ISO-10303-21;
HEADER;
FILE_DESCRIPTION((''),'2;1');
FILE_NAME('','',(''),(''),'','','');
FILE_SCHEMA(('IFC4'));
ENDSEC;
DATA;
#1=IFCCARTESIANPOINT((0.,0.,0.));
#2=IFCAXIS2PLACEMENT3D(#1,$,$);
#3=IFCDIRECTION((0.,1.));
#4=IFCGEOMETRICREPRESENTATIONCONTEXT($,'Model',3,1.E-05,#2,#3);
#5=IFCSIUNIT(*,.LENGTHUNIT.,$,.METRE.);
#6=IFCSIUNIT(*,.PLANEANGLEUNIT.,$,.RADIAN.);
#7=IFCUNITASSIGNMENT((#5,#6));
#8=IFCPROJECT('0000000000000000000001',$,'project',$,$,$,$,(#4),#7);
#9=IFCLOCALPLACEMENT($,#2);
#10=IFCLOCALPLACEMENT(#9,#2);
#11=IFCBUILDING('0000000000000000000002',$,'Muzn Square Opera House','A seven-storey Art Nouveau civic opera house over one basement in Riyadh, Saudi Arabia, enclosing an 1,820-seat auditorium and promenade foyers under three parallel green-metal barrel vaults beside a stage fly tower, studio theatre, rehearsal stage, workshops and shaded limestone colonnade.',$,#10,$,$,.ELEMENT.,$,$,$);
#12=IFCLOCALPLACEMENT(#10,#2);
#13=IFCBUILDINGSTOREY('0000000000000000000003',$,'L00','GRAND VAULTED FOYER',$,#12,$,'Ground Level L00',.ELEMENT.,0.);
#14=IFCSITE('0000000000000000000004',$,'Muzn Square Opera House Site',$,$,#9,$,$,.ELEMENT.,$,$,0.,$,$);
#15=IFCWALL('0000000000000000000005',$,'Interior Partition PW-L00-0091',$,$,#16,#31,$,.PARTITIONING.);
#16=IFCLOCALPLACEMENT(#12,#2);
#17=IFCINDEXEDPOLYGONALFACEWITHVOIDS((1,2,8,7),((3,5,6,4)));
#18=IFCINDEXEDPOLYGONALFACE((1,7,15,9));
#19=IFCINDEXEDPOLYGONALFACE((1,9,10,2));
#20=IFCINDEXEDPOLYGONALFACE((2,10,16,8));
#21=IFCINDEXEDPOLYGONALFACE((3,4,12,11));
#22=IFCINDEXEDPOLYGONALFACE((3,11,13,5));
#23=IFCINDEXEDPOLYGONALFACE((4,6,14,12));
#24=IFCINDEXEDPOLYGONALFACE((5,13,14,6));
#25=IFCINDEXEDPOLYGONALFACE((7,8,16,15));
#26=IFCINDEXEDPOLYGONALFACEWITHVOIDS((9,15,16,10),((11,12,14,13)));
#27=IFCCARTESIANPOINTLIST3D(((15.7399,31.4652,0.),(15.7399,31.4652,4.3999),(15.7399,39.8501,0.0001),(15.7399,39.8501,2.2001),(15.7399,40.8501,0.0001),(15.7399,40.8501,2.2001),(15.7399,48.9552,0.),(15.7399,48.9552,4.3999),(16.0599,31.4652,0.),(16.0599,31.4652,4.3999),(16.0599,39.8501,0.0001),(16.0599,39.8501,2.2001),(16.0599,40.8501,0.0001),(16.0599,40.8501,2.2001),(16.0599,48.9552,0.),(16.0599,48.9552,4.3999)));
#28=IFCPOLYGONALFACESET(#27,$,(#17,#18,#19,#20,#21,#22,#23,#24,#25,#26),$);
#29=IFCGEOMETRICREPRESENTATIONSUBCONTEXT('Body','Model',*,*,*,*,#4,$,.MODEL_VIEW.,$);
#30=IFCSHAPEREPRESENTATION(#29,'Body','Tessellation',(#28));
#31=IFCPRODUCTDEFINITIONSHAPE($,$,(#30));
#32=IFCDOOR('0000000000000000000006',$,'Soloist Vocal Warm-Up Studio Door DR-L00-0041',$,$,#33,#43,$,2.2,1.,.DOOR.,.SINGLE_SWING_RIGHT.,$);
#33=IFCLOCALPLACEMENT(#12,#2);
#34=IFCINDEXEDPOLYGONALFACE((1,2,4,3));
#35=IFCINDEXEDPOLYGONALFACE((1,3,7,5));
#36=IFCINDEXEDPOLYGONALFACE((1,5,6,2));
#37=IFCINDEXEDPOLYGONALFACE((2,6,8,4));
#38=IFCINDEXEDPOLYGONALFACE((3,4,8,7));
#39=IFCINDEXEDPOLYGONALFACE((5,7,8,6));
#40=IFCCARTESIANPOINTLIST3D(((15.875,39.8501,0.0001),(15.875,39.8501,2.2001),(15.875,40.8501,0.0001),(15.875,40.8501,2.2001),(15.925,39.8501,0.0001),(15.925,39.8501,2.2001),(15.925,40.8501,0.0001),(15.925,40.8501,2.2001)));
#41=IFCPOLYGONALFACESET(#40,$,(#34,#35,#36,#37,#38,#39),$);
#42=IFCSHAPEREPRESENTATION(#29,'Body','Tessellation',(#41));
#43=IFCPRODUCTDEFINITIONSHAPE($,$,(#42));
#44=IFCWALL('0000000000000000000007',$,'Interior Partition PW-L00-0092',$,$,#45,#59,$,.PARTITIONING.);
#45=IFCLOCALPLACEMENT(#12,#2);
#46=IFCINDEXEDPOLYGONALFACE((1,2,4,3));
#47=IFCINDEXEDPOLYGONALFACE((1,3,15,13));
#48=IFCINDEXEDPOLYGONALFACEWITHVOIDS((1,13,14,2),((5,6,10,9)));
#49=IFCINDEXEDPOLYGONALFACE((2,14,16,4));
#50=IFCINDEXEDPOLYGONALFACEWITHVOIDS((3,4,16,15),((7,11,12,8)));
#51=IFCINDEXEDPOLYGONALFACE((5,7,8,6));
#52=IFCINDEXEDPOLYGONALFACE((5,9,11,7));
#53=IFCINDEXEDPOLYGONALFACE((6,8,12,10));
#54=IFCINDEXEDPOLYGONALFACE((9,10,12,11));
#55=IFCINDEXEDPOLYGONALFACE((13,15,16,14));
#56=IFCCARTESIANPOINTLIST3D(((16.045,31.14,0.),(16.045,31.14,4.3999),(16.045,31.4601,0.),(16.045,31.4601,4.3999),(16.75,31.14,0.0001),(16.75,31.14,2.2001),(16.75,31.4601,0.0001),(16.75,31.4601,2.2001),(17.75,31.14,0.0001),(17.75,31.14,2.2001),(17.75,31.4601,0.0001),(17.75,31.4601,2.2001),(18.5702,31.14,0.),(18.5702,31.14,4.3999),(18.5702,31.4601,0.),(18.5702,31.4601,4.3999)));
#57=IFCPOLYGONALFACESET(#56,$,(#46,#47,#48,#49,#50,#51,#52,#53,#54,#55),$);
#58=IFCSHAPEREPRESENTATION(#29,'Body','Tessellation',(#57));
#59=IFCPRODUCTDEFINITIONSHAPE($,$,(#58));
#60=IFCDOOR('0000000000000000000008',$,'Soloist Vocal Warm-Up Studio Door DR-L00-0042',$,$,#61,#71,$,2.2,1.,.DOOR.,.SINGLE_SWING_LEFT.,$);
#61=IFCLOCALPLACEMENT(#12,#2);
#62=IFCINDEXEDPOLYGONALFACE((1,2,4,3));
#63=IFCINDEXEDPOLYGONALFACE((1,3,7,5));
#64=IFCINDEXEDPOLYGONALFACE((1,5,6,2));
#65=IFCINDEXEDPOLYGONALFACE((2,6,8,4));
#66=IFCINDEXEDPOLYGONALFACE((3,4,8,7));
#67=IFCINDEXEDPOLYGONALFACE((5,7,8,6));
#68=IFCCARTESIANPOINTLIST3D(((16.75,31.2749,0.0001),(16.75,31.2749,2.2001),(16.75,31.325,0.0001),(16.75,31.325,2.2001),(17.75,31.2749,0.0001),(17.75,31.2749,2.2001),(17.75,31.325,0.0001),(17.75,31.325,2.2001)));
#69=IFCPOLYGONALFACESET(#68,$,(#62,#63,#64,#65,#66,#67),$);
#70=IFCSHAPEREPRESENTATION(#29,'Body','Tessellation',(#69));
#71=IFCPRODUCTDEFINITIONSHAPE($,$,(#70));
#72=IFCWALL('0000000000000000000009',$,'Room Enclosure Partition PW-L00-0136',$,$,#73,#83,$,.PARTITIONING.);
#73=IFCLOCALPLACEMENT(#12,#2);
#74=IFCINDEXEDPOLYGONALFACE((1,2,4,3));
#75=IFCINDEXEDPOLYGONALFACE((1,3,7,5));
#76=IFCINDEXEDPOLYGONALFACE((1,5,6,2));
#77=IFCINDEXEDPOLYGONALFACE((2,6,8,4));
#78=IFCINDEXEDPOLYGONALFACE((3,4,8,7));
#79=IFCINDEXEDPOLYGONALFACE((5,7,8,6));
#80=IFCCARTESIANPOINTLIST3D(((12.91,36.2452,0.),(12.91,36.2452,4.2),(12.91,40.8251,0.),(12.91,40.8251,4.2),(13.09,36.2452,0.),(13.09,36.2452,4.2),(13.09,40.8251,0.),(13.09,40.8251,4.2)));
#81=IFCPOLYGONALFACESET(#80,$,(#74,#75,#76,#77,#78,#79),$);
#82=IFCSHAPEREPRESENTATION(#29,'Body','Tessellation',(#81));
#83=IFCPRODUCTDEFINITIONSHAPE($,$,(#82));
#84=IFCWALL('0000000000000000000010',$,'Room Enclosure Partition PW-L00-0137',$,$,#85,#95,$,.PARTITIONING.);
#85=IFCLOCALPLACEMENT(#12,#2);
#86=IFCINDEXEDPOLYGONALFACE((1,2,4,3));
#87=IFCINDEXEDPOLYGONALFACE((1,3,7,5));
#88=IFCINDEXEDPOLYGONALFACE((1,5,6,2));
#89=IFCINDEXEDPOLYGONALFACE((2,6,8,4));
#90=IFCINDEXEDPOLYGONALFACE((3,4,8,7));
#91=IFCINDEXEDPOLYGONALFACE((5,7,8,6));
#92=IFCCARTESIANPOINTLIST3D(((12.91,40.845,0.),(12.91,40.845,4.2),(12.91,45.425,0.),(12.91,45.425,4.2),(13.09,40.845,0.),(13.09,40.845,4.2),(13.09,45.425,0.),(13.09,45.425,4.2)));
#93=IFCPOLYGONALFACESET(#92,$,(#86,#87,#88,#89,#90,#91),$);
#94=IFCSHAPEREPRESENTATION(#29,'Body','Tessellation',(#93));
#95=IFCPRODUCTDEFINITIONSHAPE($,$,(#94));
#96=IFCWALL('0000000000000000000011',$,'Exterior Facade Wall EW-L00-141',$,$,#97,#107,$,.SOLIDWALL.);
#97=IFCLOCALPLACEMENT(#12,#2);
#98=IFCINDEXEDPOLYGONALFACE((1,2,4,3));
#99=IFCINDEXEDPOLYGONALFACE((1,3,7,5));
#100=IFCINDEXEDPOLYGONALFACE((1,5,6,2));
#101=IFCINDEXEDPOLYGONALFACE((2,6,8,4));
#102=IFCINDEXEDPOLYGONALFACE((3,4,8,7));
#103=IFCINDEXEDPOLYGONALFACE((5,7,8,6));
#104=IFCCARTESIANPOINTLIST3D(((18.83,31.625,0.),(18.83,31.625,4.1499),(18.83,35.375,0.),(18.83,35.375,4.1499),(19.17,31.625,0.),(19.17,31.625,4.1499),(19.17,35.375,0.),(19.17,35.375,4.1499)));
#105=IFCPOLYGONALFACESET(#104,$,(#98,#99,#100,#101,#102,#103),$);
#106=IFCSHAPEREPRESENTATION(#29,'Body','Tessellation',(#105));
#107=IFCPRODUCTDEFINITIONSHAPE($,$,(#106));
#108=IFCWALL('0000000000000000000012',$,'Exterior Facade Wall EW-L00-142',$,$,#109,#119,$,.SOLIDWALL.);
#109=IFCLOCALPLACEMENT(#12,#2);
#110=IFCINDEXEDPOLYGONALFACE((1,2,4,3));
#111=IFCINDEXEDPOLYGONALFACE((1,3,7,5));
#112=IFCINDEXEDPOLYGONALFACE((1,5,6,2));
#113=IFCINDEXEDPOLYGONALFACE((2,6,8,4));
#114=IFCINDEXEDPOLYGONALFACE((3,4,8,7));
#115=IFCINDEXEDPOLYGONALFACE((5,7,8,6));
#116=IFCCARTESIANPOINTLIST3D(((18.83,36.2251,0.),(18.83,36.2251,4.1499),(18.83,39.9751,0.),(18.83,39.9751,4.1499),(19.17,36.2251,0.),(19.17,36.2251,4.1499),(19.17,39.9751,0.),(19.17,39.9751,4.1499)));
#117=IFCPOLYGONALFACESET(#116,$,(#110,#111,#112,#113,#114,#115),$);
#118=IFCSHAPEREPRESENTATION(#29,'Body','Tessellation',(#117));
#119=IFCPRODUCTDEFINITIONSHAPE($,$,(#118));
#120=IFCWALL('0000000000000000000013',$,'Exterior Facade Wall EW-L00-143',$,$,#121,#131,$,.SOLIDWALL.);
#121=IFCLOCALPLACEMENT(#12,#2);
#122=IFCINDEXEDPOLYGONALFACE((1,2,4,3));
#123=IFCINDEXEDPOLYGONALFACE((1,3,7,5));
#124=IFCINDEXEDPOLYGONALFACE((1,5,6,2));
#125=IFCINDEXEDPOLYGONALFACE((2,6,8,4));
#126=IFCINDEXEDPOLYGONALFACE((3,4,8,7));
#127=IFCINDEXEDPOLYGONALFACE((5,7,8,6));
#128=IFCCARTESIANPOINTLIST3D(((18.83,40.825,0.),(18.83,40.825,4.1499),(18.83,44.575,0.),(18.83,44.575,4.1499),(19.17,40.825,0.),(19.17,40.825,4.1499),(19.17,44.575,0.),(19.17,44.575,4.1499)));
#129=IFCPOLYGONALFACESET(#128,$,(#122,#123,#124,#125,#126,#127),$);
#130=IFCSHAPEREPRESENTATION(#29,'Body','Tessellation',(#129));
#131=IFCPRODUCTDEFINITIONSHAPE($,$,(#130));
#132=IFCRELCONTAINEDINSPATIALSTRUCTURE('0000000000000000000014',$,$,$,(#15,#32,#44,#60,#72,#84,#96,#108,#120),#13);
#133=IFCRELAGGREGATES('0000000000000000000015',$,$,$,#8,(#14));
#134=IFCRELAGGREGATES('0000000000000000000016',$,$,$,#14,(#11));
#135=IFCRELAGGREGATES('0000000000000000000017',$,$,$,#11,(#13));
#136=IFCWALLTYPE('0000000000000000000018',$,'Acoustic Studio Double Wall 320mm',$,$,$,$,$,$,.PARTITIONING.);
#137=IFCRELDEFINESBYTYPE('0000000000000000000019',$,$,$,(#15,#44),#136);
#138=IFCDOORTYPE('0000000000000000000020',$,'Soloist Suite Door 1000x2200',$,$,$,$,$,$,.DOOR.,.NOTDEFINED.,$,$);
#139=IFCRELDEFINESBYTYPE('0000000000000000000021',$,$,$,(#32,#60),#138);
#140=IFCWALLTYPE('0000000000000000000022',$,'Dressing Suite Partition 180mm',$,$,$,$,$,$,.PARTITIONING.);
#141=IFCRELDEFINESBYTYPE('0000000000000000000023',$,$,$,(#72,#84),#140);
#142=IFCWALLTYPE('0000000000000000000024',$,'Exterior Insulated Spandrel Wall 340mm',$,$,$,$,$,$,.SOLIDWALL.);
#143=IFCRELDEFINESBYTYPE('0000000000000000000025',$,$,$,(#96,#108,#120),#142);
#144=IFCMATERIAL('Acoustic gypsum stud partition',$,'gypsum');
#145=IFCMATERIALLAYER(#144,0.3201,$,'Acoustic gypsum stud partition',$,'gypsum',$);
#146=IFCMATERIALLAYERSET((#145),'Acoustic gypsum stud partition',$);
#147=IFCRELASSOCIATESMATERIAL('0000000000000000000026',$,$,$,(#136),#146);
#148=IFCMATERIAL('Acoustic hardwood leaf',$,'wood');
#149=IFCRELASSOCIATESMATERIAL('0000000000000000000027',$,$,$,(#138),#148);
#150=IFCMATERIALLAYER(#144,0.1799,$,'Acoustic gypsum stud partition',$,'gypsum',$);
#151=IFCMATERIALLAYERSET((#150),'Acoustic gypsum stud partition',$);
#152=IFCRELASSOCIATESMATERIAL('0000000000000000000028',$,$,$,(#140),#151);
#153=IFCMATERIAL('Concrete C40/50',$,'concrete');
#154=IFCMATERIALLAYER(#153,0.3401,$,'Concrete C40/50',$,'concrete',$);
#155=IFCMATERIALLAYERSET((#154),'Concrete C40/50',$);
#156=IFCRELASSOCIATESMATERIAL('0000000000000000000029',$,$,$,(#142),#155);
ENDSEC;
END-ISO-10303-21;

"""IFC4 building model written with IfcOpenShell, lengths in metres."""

from ifc_helpers import new_model, si_unit, direction, frame, frame_2d, origin, place, context, subcontext, project, spatial, rectangle, extrude, material, layer, layer_set, type_object, element, fill, save


model = new_model("IFC4")

# Units and contexts
model_context = context("Model", 3, precision=1e-05, world=origin(), true_north=direction((0.0, 1.0)))
body_context = subcontext(model_context, "Body", "Model", "MODEL_VIEW")
ifc_project = project(units=[si_unit("LENGTHUNIT", "METRE"), si_unit("PLANEANGLEUNIT", "RADIAN")], contexts=[model_context])

# Site, building, storey
site_placement = place(None, origin())
site = spatial("IfcSite", under=ifc_project, at=site_placement, Name="Muzn Square Opera House Site", CompositionType="ELEMENT", RefElevation=0.0)
building_placement = place(site_placement, origin())
building = spatial("IfcBuilding", under=site, at=building_placement, Name="Muzn Square Opera House", Description="A seven-storey Art Nouveau civic opera house over one basement in Riyadh, Saudi Arabia, enclosing an 1,820-seat auditorium and promenade foyers under three parallel green-metal barrel vaults beside a stage fly tower, studio theatre, rehearsal stage, workshops and shaded limestone colonnade.", CompositionType="ELEMENT")
storey_placement = place(building_placement, origin())
storey = spatial("IfcBuildingStorey", under=building, at=storey_placement, Name="L00", Description="GRAND VAULTED FOYER", LongName="Ground Level L00", CompositionType="ELEMENT", Elevation=0.0)

# Shared definitions
ifc_material_1 = material(Name="Concrete C40/50", Category="concrete")

# Walls, openings, doors
ifc_material_2 = material(Name="Acoustic gypsum stud partition", Category="gypsum")
ifc_layer_1 = layer(ifc_material_2, 0.3201, Name="Acoustic gypsum stud partition", Category="gypsum")
ifc_layer_set_1 = layer_set([ifc_layer_1], Name="Acoustic gypsum stud partition")
wall_type_1 = type_object("IfcWallType", Name="Acoustic Studio Double Wall 320mm", PredefinedType="PARTITIONING", material=ifc_layer_set_1)
wall_1_placement = place(storey_placement, frame((15.8999, 31.4651, 0.0), z_axis=(0.0, 0.0, 1.0), x_axis=(0.0, 1.0, 0.0)))
wall_1 = element("IfcWall", 1, at=wall_1_placement, inside=storey, type_object=wall_type_1, Name="Interior Partition PW-L00-0091", PredefinedType="PARTITIONING", context=body_context, shape_type="SweptSolid", body=[
    extrude(rectangle(XDim=17.49, YDim=0.3201, at=frame_2d((8.7451, 0.0))), origin(), (0.0, 0.0, 1.0), 4.3999),
])
opening_1_placement = place(wall_1_placement, frame((8.385, 0.0, 0.0)))
opening_1 = element("IfcOpeningElement", 2, at=opening_1_placement, cuts=wall_1, PredefinedType="OPENING", context=body_context, shape_type="SweptSolid", body=[
    extrude(rectangle(XDim=1.0, YDim=2.2, at=frame_2d((0.5, 1.1001))), frame((0.0, 0.1699, 0.0), z_axis=(0.0, -1.0, 0.0), x_axis=(1.0, 0.0, 0.0)), (0.0, 0.0, 1.0), 0.3401),
])
ifc_material_3 = material(Name="Acoustic hardwood leaf", Category="wood")
door_type = type_object("IfcDoorType", Name="Soloist Suite Door 1000x2200", OperationType="NOTDEFINED", PredefinedType="DOOR", material=ifc_material_3)
door_1_placement = place(opening_1_placement, origin())
door_1 = element("IfcDoor", 3, at=door_1_placement, inside=storey, type_object=door_type, Name="Soloist Vocal Warm-Up Studio Door DR-L00-0041", OperationType="SINGLE_SWING_RIGHT", OverallHeight=2.2, OverallWidth=1.0, PredefinedType="DOOR", context=body_context, shape_type="SweptSolid", body=[
    extrude(rectangle(XDim=1.0, YDim=2.2, at=frame_2d((0.5, 1.1001))), frame((0.0, 0.0249, 0.0), z_axis=(0.0, -1.0, 0.0), x_axis=(1.0, 0.0, 0.0)), (0.0, 0.0, 1.0), 0.05),
])
fill(opening_1, door_1)
wall_2_placement = place(storey_placement, frame((16.0449, 31.3, 0.0), z_axis=(0.0, 0.0, 1.0), x_axis=(1.0, 0.0, 0.0)))
wall_2 = element("IfcWall", 4, at=wall_2_placement, inside=storey, type_object=wall_type_1, Name="Interior Partition PW-L00-0092", PredefinedType="PARTITIONING", context=body_context, shape_type="SweptSolid", body=[
    extrude(rectangle(XDim=2.5251, YDim=0.3201, at=frame_2d((1.2627, 0.0))), origin(), (0.0, 0.0, 1.0), 4.3999),
])
opening_2_placement = place(wall_2_placement, frame((0.7051, 0.0, 0.0)))
opening_2 = element("IfcOpeningElement", 5, at=opening_2_placement, cuts=wall_2, PredefinedType="OPENING", context=body_context, shape_type="SweptSolid", body=[
    extrude(rectangle(XDim=1.0, YDim=2.2, at=frame_2d((0.5, 1.1001))), frame((0.0, 0.1699, 0.0), z_axis=(0.0, -1.0, 0.0), x_axis=(1.0, 0.0, 0.0)), (0.0, 0.0, 1.0), 0.3401),
])
door_2_placement = place(opening_2_placement, origin())
door_2 = element("IfcDoor", 6, at=door_2_placement, inside=storey, type_object=door_type, Name="Soloist Vocal Warm-Up Studio Door DR-L00-0042", OperationType="SINGLE_SWING_LEFT", OverallHeight=2.2, OverallWidth=1.0, PredefinedType="DOOR", context=body_context, shape_type="SweptSolid", body=[
    extrude(rectangle(XDim=1.0, YDim=2.2, at=frame_2d((0.5, 1.1001))), frame((0.0, 0.0249, 0.0), z_axis=(0.0, -1.0, 0.0), x_axis=(1.0, 0.0, 0.0)), (0.0, 0.0, 1.0), 0.05),
])
fill(opening_2, door_2)

# Walls
ifc_layer_2 = layer(ifc_material_2, 0.1799, Name="Acoustic gypsum stud partition", Category="gypsum")
ifc_layer_set_2 = layer_set([ifc_layer_2], Name="Acoustic gypsum stud partition")
wall_type_2 = type_object("IfcWallType", Name="Dressing Suite Partition 180mm", PredefinedType="PARTITIONING", material=ifc_layer_set_2)
wall_3_placement = place(storey_placement, frame((13.0, 36.2451, 0.0), z_axis=(0.0, 0.0, 1.0), x_axis=(0.0, 1.0, 0.0)))
element("IfcWall", 7, at=wall_3_placement, inside=storey, type_object=wall_type_2, Name="Room Enclosure Partition PW-L00-0136", PredefinedType="PARTITIONING", context=body_context, shape_type="SweptSolid", body=[
    extrude(rectangle(XDim=4.5798, YDim=0.1799, at=frame_2d((2.29, 0.0))), origin(), (0.0, 0.0, 1.0), 4.2),
])
wall_4_placement = place(storey_placement, frame((13.0, 40.845, 0.0), z_axis=(0.0, 0.0, 1.0), x_axis=(0.0, 1.0, 0.0)))
element("IfcWall", 8, at=wall_4_placement, inside=storey, type_object=wall_type_2, Name="Room Enclosure Partition PW-L00-0137", PredefinedType="PARTITIONING", context=body_context, shape_type="SweptSolid", body=[
    extrude(rectangle(XDim=4.5801, YDim=0.1799, at=frame_2d((2.29, 0.0))), origin(), (0.0, 0.0, 1.0), 4.2),
])
ifc_layer_3 = layer(ifc_material_1, 0.3401, Name="Concrete C40/50", Category="concrete")
ifc_layer_set_3 = layer_set([ifc_layer_3], Name="Concrete C40/50")
wall_type_3 = type_object("IfcWallType", Name="Exterior Insulated Spandrel Wall 340mm", PredefinedType="SOLIDWALL", material=ifc_layer_set_3)
for number, where, z_axis, x_axis, name in (
    (9, (19.0, 31.625, 0.0), (0.0, 0.0, 1.0), (0.0, 1.0, 0.0), "Exterior Facade Wall EW-L00-141"),
    (10, (19.0, 36.2251, 0.0), (0.0, 0.0, 1.0), (0.0, 1.0, 0.0), "Exterior Facade Wall EW-L00-142"),
    (11, (19.0, 40.825, 0.0), (0.0, 0.0, 1.0), (0.0, 1.0, 0.0), "Exterior Facade Wall EW-L00-143"),
):
    element("IfcWall", number, at=place(storey_placement, frame(where, z_axis=z_axis, x_axis=x_axis)), inside=storey, type_object=wall_type_3, Name=name, PredefinedType="SOLIDWALL", context=body_context, shape_type="SweptSolid", body=[
        extrude(rectangle(XDim=3.75, YDim=0.3401, at=frame_2d((1.875, 0.0))), origin(), (0.0, 0.0, 1.0), 4.1499),
    ])

save(model, "model.ifc")
